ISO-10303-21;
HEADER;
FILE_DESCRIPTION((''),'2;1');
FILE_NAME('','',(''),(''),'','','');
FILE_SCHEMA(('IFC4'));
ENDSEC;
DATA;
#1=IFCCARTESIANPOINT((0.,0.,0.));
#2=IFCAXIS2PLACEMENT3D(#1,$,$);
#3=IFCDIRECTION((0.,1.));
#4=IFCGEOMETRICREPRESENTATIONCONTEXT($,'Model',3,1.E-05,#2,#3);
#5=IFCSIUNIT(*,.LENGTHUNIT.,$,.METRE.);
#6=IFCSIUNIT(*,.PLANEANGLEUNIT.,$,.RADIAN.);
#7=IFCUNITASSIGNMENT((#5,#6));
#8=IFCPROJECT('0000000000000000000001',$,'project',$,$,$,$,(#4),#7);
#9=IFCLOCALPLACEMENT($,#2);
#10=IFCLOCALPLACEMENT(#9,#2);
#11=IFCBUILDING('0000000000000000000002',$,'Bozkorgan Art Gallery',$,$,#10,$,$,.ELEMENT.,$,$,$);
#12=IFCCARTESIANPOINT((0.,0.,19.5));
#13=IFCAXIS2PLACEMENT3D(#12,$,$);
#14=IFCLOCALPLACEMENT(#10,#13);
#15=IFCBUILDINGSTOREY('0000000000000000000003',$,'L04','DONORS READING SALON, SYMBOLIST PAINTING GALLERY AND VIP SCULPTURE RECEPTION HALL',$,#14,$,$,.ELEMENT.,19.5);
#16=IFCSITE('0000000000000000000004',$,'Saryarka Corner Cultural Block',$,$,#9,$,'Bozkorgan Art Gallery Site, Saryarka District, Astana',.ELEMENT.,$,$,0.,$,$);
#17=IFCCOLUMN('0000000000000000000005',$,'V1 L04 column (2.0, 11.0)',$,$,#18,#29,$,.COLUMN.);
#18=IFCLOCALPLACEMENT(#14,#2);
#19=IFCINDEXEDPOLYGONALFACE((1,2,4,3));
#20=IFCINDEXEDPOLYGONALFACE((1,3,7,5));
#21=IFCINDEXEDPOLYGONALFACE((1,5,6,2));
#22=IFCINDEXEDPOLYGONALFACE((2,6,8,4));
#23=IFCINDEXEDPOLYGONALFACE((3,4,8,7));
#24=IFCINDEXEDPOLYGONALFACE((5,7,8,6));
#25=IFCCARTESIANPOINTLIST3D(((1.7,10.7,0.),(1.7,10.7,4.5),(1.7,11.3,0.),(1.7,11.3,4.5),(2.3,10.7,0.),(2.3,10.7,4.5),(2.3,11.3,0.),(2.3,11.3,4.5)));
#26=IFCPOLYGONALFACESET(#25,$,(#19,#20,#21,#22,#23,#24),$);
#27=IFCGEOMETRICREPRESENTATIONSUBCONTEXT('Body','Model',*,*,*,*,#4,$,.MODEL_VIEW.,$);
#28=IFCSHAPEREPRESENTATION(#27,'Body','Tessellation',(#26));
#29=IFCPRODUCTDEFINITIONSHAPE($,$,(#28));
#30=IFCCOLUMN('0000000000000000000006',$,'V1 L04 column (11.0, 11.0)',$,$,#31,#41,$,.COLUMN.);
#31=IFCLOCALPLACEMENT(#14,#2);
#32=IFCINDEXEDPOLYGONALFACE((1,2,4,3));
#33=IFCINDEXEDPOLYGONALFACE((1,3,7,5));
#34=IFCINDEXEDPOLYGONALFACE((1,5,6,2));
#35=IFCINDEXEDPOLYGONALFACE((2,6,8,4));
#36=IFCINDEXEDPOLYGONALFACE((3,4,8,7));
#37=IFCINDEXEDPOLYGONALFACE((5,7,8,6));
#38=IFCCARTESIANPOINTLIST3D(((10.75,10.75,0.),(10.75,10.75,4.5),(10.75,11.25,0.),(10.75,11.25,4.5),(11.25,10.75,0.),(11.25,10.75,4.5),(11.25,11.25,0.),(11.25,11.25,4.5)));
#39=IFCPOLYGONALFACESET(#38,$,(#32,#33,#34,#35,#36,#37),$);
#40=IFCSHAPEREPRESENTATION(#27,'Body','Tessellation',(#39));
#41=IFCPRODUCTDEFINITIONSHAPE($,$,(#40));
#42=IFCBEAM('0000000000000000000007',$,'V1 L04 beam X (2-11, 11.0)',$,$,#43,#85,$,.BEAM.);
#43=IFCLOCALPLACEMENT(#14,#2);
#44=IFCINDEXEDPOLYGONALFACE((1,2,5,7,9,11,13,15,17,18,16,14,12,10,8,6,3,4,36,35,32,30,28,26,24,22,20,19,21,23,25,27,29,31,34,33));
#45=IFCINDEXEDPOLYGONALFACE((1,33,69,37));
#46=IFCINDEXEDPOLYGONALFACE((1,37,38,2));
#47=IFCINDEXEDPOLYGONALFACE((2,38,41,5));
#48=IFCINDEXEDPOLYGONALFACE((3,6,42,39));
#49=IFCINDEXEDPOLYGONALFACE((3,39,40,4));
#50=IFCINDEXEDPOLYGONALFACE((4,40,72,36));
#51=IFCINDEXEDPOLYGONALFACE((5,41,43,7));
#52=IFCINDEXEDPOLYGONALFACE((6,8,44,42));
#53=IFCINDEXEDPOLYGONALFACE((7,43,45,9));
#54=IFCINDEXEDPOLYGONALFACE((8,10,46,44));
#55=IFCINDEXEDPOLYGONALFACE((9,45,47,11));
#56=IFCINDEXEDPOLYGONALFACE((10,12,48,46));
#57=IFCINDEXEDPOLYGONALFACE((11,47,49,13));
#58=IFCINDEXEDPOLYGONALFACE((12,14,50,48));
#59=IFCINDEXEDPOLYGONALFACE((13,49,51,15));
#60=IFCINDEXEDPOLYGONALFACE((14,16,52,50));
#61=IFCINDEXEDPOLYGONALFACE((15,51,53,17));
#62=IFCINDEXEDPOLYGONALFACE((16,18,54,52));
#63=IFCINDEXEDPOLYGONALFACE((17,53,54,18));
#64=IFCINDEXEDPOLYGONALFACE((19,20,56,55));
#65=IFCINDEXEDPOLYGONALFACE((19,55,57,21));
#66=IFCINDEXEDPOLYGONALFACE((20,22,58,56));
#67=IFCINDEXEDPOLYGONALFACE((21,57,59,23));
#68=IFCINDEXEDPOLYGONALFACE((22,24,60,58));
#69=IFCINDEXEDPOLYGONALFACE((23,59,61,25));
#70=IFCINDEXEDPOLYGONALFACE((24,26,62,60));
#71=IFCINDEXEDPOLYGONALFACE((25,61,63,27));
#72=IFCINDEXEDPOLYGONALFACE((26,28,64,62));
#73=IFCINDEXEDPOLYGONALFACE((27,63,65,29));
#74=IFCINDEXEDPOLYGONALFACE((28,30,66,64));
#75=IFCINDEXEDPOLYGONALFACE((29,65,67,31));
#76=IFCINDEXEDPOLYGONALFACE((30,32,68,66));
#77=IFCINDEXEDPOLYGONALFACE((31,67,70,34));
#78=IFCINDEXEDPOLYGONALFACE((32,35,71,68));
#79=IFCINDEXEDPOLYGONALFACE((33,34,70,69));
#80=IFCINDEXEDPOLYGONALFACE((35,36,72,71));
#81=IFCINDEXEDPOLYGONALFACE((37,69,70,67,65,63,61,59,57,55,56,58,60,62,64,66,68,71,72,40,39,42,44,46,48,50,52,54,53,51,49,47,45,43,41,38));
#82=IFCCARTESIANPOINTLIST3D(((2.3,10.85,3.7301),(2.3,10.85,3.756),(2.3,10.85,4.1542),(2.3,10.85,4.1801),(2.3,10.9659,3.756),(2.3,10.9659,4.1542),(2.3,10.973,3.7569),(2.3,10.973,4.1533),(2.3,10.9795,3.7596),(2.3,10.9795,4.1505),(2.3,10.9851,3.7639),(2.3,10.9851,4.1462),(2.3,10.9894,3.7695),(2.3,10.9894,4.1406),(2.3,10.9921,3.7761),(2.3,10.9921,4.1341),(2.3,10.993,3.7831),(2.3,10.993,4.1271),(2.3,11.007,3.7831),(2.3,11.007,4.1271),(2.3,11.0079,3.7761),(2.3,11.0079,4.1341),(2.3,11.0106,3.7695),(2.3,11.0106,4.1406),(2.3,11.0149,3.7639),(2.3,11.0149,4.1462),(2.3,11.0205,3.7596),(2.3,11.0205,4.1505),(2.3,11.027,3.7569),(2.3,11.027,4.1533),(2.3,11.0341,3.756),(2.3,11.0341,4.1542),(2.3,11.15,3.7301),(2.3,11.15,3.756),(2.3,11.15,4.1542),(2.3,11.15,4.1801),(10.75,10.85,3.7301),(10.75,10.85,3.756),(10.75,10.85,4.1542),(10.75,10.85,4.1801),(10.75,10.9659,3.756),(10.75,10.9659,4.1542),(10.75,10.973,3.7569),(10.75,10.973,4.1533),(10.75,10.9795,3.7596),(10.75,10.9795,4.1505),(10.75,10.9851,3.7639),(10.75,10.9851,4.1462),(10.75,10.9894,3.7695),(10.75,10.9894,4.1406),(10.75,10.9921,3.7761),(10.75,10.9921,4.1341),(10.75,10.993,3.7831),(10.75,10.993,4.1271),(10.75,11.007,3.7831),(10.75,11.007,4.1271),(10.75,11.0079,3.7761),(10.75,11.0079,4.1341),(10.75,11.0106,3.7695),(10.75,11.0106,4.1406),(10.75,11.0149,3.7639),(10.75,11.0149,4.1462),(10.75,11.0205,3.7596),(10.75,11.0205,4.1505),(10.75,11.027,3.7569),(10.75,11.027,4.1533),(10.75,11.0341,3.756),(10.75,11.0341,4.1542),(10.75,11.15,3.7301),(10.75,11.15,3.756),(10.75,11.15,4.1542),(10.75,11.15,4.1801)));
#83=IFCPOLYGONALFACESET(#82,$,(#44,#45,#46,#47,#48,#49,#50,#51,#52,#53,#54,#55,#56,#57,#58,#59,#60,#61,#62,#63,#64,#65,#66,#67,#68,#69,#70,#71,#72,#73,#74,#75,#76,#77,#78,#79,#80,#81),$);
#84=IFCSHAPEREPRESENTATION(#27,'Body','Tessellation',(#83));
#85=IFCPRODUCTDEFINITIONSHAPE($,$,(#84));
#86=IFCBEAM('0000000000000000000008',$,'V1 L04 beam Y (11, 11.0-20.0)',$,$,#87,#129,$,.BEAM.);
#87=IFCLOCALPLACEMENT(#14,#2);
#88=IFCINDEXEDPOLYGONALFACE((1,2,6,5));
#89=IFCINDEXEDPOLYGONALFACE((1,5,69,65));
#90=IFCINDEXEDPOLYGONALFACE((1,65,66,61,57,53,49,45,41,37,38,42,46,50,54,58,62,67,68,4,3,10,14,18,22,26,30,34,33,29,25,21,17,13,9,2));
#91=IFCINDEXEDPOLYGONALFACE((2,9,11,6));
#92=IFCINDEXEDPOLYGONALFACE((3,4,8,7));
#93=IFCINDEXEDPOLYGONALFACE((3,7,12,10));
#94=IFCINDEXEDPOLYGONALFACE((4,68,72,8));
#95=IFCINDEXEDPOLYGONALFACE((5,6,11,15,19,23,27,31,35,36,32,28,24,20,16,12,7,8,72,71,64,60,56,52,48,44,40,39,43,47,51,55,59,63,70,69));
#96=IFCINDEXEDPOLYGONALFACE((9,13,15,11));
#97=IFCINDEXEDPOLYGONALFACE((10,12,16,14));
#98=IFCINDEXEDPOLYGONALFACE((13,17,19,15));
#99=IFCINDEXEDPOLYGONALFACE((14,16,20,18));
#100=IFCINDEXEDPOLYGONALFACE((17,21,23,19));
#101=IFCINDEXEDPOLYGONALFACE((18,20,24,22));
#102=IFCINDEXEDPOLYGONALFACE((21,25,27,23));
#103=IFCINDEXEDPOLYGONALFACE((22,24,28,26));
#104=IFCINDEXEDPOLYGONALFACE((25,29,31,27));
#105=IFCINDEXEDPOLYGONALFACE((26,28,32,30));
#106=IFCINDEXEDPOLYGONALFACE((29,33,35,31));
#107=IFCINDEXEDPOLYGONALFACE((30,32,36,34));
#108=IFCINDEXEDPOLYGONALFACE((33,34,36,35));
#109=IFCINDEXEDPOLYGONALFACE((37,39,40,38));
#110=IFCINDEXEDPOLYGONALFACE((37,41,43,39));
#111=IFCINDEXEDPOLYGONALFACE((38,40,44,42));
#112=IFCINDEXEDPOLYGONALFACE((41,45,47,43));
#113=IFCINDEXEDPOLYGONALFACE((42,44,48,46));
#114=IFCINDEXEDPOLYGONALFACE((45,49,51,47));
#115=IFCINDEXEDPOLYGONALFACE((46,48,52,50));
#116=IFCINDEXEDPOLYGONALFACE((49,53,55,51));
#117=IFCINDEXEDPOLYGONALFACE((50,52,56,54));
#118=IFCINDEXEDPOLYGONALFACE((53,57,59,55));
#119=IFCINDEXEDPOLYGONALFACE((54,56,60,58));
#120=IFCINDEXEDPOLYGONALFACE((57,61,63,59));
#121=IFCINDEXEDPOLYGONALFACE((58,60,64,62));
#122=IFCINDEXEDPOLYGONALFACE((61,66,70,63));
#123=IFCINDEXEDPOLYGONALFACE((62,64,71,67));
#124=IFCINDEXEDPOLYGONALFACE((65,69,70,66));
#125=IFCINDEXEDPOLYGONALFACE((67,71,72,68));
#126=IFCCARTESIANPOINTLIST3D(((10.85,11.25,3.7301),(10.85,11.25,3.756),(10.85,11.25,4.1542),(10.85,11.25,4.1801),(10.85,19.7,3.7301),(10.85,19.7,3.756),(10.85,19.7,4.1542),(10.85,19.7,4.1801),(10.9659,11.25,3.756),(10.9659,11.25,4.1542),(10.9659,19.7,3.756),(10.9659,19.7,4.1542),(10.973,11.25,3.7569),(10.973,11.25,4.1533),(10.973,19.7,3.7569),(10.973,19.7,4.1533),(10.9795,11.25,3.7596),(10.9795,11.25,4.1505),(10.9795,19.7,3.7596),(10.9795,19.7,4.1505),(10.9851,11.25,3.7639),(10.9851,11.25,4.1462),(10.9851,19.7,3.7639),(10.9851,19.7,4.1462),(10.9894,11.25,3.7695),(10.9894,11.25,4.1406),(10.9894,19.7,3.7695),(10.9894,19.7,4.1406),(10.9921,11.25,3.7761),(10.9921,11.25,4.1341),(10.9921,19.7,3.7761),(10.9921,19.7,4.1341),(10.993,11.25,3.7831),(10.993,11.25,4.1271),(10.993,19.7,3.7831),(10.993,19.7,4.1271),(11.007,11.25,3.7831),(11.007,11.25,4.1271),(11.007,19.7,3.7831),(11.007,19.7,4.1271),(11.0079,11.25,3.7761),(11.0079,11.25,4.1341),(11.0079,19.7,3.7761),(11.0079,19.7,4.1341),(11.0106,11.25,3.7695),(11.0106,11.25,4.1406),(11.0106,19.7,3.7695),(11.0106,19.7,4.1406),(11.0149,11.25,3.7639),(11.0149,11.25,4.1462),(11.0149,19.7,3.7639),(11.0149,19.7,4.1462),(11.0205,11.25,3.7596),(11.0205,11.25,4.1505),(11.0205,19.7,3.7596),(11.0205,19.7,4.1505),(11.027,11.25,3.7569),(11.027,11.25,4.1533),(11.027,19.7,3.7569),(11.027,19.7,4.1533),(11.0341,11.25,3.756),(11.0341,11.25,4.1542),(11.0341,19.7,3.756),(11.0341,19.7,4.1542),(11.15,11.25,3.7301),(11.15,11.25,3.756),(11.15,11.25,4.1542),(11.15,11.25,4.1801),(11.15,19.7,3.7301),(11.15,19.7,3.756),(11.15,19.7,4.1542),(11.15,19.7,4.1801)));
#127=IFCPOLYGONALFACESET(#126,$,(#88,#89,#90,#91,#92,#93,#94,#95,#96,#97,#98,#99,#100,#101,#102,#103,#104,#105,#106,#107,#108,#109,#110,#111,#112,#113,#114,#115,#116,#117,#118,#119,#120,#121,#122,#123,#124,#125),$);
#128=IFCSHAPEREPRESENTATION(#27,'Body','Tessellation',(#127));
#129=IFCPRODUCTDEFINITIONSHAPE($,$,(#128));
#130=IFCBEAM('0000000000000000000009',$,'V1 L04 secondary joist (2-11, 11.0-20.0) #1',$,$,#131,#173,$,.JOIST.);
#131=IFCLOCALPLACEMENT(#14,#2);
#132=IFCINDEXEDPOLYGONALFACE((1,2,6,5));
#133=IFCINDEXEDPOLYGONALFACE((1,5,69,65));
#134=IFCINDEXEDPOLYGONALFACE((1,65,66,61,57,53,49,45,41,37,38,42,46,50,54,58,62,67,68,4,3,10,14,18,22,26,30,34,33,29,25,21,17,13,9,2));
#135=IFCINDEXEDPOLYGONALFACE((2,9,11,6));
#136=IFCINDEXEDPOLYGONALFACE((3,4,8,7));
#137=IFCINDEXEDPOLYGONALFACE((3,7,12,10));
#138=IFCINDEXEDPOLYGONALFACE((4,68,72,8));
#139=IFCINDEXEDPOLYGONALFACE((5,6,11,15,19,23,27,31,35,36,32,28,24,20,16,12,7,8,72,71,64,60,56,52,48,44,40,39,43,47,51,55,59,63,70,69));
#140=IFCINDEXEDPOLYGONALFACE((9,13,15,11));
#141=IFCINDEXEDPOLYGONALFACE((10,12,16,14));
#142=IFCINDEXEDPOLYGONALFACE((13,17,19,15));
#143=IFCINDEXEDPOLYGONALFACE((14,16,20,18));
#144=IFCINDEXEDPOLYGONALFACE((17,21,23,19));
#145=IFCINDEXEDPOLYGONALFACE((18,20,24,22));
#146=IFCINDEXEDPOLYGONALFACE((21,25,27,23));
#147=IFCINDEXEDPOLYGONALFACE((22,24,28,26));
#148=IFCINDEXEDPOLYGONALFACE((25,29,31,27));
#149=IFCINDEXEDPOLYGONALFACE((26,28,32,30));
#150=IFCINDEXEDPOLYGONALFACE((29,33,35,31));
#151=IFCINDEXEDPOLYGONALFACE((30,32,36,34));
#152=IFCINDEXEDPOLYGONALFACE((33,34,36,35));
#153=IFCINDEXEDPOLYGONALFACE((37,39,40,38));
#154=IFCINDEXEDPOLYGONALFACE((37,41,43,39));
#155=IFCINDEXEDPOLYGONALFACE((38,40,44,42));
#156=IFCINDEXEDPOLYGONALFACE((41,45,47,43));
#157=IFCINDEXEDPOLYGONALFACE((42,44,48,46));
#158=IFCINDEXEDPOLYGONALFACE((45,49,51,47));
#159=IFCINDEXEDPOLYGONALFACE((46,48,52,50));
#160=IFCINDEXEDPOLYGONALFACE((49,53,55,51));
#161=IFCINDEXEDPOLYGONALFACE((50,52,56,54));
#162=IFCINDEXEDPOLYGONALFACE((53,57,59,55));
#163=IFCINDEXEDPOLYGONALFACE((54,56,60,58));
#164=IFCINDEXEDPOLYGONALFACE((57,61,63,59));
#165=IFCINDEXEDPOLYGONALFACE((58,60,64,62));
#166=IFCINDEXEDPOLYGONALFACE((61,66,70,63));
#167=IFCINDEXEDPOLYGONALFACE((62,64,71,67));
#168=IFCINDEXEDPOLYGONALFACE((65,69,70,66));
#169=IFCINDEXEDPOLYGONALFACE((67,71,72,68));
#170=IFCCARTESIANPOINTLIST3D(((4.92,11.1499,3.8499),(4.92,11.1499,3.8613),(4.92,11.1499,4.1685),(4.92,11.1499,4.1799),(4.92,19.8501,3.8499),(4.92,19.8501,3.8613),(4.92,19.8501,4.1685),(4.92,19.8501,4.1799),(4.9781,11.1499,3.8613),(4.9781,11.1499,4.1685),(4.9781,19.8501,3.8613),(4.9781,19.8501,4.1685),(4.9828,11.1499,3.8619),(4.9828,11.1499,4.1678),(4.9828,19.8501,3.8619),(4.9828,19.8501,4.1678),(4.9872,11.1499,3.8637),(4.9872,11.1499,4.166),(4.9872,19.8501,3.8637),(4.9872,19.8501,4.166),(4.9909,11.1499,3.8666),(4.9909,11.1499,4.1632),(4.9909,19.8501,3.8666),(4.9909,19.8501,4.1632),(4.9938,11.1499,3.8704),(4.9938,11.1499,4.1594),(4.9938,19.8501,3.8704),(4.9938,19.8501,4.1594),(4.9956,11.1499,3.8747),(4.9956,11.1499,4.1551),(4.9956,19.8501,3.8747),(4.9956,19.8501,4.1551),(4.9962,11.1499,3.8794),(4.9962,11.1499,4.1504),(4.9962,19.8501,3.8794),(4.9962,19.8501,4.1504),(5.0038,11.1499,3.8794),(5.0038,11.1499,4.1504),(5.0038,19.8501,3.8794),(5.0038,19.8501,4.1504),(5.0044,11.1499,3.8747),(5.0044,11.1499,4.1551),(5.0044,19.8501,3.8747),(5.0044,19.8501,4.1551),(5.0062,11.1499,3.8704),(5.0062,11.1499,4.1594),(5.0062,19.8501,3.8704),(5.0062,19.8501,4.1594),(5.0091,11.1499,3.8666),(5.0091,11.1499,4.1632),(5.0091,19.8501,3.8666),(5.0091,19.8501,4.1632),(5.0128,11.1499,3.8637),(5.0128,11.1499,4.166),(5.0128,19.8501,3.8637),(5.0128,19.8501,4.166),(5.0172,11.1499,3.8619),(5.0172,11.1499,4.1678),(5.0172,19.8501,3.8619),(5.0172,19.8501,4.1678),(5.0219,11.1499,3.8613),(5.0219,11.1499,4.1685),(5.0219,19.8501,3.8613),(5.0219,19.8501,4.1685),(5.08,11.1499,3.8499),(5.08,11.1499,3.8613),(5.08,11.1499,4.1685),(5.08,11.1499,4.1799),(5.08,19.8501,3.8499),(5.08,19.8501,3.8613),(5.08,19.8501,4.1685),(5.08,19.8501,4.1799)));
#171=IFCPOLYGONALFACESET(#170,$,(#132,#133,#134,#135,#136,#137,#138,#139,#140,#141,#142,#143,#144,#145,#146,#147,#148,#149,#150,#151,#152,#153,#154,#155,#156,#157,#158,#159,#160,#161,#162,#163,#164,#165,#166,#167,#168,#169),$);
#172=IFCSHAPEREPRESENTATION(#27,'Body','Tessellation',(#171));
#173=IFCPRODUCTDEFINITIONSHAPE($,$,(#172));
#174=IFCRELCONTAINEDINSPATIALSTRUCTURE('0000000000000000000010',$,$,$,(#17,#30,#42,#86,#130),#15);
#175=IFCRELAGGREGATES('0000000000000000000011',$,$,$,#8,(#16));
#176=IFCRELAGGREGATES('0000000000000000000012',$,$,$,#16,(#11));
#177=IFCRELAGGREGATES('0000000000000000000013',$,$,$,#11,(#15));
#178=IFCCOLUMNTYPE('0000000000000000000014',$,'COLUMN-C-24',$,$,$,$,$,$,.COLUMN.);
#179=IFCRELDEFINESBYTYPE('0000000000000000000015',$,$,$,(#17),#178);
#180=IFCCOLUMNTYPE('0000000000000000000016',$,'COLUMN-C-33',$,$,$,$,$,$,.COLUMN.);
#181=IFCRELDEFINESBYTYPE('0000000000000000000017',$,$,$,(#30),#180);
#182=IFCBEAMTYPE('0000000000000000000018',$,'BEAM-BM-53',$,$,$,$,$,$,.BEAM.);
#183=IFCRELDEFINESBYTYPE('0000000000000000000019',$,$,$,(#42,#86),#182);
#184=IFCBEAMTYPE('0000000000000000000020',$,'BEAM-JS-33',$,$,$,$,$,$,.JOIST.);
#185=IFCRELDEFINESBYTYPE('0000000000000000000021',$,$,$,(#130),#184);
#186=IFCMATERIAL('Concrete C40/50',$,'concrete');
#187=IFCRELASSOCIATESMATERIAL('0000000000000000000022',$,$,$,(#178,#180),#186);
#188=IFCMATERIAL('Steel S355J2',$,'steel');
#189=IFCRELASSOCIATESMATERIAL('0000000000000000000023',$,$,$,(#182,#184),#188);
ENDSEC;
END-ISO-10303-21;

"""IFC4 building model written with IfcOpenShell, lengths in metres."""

from ifc_helpers import new_model, si_unit, direction, frame, origin, origin_2d, place, context, subcontext, project, spatial, rectangle, i_section, extrude, material, material_profile, profile_set, type_object, element, save


model = new_model("IFC4")

# Units and contexts
model_context = context("Model", 3, precision=1e-05, world=origin(), true_north=direction((0.0, 1.0)))
body_context = subcontext(model_context, "Body", "Model", "MODEL_VIEW")
ifc_project = project(units=[si_unit("LENGTHUNIT", "METRE"), si_unit("PLANEANGLEUNIT", "RADIAN")], contexts=[model_context])

# Site, building, storey
site_placement = place(None, origin())
site = spatial("IfcSite", under=ifc_project, at=site_placement, Name="Saryarka Corner Cultural Block", LongName="Bozkorgan Art Gallery Site, Saryarka District, Astana", CompositionType="ELEMENT", RefElevation=0.0)
building_placement = place(site_placement, origin())
building = spatial("IfcBuilding", under=site, at=building_placement, Name="Bozkorgan Art Gallery", CompositionType="ELEMENT")
storey_placement = place(building_placement, frame((0.0, 0.0, 19.5)))
storey = spatial("IfcBuildingStorey", under=building, at=storey_placement, Name="L04", Description="DONORS READING SALON, SYMBOLIST PAINTING GALLERY AND VIP SCULPTURE RECEPTION HALL", CompositionType="ELEMENT", Elevation=19.5)

# Columns
ifc_material_1 = material(Name="Concrete C40/50", Category="concrete")
ifc_material_profile_1 = material_profile(ifc_material_1, rectangle(XDim=0.6001, YDim=0.6001, at=origin_2d()), Name="RC 600x600")
ifc_profile_set_1 = profile_set([ifc_material_profile_1], Name="Concrete C40/50")
column_type_1 = type_object("IfcColumnType", Name="COLUMN-C-24", PredefinedType="COLUMN", material=ifc_profile_set_1)
column_1_placement = place(storey_placement, frame((2.0, 11.0, 0.0), z_axis=(0.0, 0.0, 1.0), x_axis=(1.0, 0.0, 0.0)))
element("IfcColumn", 1, at=column_1_placement, inside=storey, type_object=column_type_1, Name="V1 L04 column (2.0, 11.0)", PredefinedType="COLUMN", context=body_context, shape_type="SweptSolid", body=[
    extrude(rectangle(XDim=0.6001, YDim=0.6001, at=origin_2d()), origin(), (0.0, 0.0, 1.0), 4.5),
])
ifc_material_profile_2 = material_profile(ifc_material_1, rectangle(XDim=0.5, YDim=0.5, at=origin_2d()), Name="RC 500x500")
ifc_profile_set_2 = profile_set([ifc_material_profile_2], Name="Concrete C40/50")
column_type_2 = type_object("IfcColumnType", Name="COLUMN-C-33", PredefinedType="COLUMN", material=ifc_profile_set_2)
column_2_placement = place(storey_placement, frame((11.0, 11.0, 0.0), z_axis=(0.0, 0.0, 1.0), x_axis=(1.0, 0.0, 0.0)))
element("IfcColumn", 2, at=column_2_placement, inside=storey, type_object=column_type_2, Name="V1 L04 column (11.0, 11.0)", PredefinedType="COLUMN", context=body_context, shape_type="SweptSolid", body=[
    extrude(rectangle(XDim=0.5, YDim=0.5, at=origin_2d()), origin(), (0.0, 0.0, 1.0), 4.5),
])

# Beams
ifc_material_2 = material(Name="Steel S355J2", Category="steel")
ifc_material_profile_3 = material_profile(ifc_material_2, i_section(OverallWidth=0.3, OverallDepth=0.45, WebThickness=0.0139, FlangeThickness=0.0259, FilletRadius=0.0271, at=origin_2d()), Name="HEB 450")
ifc_profile_set_3 = profile_set([ifc_material_profile_3], Name="Steel S355J2")
beam_type_1 = type_object("IfcBeamType", Name="BEAM-BM-53", PredefinedType="BEAM", material=ifc_profile_set_3)
for number, where, z_axis, x_axis, name in (
    (3, (2.3, 11.0, 3.9551), (1.0, 0.0, 0.0), (0.0, 1.0, 0.0), "V1 L04 beam X (2-11, 11.0)"),
    (4, (11.0, 11.25, 3.9551), (0.0, 1.0, 0.0), (-1.0, 0.0, 0.0), "V1 L04 beam Y (11, 11.0-20.0)"),
):
    element("IfcBeam", number, at=place(storey_placement, frame(where, z_axis=z_axis, x_axis=x_axis)), inside=storey, type_object=beam_type_1, Name=name, PredefinedType="BEAM", context=body_context, shape_type="SweptSolid", body=[
        extrude(i_section(OverallWidth=0.3, OverallDepth=0.45, WebThickness=0.0139, FlangeThickness=0.0259, FilletRadius=0.0271, at=origin_2d()), origin(), (0.0, 0.0, 1.0), 8.45),
    ])
ifc_material_profile_4 = material_profile(ifc_material_2, i_section(OverallWidth=0.1599, OverallDepth=0.3301, WebThickness=0.0076, FlangeThickness=0.0115, FilletRadius=0.0181, at=origin_2d()), Name="IPE 330")
ifc_profile_set_4 = profile_set([ifc_material_profile_4], Name="Steel S355J2")
beam_type_2 = type_object("IfcBeamType", Name="BEAM-JS-33", PredefinedType="JOIST", material=ifc_profile_set_4)
for number, where, z_axis, x_axis, name in (
    (5, (5.0, 11.1499, 4.0149), (0.0, 1.0, 0.0), (-1.0, 0.0, 0.0), "V1 L04 secondary joist (2-11, 11.0-20.0) #1"),
):
    element("IfcBeam", number, at=place(storey_placement, frame(where, z_axis=z_axis, x_axis=x_axis)), inside=storey, type_object=beam_type_2, Name=name, PredefinedType="JOIST", context=body_context, shape_type="SweptSolid", body=[
        extrude(i_section(OverallWidth=0.1599, OverallDepth=0.3301, WebThickness=0.0076, FlangeThickness=0.0115, FilletRadius=0.0181, at=origin_2d()), origin(), (0.0, 0.0, 1.0), 8.7002),
    ])

save(model, "model.ifc")
